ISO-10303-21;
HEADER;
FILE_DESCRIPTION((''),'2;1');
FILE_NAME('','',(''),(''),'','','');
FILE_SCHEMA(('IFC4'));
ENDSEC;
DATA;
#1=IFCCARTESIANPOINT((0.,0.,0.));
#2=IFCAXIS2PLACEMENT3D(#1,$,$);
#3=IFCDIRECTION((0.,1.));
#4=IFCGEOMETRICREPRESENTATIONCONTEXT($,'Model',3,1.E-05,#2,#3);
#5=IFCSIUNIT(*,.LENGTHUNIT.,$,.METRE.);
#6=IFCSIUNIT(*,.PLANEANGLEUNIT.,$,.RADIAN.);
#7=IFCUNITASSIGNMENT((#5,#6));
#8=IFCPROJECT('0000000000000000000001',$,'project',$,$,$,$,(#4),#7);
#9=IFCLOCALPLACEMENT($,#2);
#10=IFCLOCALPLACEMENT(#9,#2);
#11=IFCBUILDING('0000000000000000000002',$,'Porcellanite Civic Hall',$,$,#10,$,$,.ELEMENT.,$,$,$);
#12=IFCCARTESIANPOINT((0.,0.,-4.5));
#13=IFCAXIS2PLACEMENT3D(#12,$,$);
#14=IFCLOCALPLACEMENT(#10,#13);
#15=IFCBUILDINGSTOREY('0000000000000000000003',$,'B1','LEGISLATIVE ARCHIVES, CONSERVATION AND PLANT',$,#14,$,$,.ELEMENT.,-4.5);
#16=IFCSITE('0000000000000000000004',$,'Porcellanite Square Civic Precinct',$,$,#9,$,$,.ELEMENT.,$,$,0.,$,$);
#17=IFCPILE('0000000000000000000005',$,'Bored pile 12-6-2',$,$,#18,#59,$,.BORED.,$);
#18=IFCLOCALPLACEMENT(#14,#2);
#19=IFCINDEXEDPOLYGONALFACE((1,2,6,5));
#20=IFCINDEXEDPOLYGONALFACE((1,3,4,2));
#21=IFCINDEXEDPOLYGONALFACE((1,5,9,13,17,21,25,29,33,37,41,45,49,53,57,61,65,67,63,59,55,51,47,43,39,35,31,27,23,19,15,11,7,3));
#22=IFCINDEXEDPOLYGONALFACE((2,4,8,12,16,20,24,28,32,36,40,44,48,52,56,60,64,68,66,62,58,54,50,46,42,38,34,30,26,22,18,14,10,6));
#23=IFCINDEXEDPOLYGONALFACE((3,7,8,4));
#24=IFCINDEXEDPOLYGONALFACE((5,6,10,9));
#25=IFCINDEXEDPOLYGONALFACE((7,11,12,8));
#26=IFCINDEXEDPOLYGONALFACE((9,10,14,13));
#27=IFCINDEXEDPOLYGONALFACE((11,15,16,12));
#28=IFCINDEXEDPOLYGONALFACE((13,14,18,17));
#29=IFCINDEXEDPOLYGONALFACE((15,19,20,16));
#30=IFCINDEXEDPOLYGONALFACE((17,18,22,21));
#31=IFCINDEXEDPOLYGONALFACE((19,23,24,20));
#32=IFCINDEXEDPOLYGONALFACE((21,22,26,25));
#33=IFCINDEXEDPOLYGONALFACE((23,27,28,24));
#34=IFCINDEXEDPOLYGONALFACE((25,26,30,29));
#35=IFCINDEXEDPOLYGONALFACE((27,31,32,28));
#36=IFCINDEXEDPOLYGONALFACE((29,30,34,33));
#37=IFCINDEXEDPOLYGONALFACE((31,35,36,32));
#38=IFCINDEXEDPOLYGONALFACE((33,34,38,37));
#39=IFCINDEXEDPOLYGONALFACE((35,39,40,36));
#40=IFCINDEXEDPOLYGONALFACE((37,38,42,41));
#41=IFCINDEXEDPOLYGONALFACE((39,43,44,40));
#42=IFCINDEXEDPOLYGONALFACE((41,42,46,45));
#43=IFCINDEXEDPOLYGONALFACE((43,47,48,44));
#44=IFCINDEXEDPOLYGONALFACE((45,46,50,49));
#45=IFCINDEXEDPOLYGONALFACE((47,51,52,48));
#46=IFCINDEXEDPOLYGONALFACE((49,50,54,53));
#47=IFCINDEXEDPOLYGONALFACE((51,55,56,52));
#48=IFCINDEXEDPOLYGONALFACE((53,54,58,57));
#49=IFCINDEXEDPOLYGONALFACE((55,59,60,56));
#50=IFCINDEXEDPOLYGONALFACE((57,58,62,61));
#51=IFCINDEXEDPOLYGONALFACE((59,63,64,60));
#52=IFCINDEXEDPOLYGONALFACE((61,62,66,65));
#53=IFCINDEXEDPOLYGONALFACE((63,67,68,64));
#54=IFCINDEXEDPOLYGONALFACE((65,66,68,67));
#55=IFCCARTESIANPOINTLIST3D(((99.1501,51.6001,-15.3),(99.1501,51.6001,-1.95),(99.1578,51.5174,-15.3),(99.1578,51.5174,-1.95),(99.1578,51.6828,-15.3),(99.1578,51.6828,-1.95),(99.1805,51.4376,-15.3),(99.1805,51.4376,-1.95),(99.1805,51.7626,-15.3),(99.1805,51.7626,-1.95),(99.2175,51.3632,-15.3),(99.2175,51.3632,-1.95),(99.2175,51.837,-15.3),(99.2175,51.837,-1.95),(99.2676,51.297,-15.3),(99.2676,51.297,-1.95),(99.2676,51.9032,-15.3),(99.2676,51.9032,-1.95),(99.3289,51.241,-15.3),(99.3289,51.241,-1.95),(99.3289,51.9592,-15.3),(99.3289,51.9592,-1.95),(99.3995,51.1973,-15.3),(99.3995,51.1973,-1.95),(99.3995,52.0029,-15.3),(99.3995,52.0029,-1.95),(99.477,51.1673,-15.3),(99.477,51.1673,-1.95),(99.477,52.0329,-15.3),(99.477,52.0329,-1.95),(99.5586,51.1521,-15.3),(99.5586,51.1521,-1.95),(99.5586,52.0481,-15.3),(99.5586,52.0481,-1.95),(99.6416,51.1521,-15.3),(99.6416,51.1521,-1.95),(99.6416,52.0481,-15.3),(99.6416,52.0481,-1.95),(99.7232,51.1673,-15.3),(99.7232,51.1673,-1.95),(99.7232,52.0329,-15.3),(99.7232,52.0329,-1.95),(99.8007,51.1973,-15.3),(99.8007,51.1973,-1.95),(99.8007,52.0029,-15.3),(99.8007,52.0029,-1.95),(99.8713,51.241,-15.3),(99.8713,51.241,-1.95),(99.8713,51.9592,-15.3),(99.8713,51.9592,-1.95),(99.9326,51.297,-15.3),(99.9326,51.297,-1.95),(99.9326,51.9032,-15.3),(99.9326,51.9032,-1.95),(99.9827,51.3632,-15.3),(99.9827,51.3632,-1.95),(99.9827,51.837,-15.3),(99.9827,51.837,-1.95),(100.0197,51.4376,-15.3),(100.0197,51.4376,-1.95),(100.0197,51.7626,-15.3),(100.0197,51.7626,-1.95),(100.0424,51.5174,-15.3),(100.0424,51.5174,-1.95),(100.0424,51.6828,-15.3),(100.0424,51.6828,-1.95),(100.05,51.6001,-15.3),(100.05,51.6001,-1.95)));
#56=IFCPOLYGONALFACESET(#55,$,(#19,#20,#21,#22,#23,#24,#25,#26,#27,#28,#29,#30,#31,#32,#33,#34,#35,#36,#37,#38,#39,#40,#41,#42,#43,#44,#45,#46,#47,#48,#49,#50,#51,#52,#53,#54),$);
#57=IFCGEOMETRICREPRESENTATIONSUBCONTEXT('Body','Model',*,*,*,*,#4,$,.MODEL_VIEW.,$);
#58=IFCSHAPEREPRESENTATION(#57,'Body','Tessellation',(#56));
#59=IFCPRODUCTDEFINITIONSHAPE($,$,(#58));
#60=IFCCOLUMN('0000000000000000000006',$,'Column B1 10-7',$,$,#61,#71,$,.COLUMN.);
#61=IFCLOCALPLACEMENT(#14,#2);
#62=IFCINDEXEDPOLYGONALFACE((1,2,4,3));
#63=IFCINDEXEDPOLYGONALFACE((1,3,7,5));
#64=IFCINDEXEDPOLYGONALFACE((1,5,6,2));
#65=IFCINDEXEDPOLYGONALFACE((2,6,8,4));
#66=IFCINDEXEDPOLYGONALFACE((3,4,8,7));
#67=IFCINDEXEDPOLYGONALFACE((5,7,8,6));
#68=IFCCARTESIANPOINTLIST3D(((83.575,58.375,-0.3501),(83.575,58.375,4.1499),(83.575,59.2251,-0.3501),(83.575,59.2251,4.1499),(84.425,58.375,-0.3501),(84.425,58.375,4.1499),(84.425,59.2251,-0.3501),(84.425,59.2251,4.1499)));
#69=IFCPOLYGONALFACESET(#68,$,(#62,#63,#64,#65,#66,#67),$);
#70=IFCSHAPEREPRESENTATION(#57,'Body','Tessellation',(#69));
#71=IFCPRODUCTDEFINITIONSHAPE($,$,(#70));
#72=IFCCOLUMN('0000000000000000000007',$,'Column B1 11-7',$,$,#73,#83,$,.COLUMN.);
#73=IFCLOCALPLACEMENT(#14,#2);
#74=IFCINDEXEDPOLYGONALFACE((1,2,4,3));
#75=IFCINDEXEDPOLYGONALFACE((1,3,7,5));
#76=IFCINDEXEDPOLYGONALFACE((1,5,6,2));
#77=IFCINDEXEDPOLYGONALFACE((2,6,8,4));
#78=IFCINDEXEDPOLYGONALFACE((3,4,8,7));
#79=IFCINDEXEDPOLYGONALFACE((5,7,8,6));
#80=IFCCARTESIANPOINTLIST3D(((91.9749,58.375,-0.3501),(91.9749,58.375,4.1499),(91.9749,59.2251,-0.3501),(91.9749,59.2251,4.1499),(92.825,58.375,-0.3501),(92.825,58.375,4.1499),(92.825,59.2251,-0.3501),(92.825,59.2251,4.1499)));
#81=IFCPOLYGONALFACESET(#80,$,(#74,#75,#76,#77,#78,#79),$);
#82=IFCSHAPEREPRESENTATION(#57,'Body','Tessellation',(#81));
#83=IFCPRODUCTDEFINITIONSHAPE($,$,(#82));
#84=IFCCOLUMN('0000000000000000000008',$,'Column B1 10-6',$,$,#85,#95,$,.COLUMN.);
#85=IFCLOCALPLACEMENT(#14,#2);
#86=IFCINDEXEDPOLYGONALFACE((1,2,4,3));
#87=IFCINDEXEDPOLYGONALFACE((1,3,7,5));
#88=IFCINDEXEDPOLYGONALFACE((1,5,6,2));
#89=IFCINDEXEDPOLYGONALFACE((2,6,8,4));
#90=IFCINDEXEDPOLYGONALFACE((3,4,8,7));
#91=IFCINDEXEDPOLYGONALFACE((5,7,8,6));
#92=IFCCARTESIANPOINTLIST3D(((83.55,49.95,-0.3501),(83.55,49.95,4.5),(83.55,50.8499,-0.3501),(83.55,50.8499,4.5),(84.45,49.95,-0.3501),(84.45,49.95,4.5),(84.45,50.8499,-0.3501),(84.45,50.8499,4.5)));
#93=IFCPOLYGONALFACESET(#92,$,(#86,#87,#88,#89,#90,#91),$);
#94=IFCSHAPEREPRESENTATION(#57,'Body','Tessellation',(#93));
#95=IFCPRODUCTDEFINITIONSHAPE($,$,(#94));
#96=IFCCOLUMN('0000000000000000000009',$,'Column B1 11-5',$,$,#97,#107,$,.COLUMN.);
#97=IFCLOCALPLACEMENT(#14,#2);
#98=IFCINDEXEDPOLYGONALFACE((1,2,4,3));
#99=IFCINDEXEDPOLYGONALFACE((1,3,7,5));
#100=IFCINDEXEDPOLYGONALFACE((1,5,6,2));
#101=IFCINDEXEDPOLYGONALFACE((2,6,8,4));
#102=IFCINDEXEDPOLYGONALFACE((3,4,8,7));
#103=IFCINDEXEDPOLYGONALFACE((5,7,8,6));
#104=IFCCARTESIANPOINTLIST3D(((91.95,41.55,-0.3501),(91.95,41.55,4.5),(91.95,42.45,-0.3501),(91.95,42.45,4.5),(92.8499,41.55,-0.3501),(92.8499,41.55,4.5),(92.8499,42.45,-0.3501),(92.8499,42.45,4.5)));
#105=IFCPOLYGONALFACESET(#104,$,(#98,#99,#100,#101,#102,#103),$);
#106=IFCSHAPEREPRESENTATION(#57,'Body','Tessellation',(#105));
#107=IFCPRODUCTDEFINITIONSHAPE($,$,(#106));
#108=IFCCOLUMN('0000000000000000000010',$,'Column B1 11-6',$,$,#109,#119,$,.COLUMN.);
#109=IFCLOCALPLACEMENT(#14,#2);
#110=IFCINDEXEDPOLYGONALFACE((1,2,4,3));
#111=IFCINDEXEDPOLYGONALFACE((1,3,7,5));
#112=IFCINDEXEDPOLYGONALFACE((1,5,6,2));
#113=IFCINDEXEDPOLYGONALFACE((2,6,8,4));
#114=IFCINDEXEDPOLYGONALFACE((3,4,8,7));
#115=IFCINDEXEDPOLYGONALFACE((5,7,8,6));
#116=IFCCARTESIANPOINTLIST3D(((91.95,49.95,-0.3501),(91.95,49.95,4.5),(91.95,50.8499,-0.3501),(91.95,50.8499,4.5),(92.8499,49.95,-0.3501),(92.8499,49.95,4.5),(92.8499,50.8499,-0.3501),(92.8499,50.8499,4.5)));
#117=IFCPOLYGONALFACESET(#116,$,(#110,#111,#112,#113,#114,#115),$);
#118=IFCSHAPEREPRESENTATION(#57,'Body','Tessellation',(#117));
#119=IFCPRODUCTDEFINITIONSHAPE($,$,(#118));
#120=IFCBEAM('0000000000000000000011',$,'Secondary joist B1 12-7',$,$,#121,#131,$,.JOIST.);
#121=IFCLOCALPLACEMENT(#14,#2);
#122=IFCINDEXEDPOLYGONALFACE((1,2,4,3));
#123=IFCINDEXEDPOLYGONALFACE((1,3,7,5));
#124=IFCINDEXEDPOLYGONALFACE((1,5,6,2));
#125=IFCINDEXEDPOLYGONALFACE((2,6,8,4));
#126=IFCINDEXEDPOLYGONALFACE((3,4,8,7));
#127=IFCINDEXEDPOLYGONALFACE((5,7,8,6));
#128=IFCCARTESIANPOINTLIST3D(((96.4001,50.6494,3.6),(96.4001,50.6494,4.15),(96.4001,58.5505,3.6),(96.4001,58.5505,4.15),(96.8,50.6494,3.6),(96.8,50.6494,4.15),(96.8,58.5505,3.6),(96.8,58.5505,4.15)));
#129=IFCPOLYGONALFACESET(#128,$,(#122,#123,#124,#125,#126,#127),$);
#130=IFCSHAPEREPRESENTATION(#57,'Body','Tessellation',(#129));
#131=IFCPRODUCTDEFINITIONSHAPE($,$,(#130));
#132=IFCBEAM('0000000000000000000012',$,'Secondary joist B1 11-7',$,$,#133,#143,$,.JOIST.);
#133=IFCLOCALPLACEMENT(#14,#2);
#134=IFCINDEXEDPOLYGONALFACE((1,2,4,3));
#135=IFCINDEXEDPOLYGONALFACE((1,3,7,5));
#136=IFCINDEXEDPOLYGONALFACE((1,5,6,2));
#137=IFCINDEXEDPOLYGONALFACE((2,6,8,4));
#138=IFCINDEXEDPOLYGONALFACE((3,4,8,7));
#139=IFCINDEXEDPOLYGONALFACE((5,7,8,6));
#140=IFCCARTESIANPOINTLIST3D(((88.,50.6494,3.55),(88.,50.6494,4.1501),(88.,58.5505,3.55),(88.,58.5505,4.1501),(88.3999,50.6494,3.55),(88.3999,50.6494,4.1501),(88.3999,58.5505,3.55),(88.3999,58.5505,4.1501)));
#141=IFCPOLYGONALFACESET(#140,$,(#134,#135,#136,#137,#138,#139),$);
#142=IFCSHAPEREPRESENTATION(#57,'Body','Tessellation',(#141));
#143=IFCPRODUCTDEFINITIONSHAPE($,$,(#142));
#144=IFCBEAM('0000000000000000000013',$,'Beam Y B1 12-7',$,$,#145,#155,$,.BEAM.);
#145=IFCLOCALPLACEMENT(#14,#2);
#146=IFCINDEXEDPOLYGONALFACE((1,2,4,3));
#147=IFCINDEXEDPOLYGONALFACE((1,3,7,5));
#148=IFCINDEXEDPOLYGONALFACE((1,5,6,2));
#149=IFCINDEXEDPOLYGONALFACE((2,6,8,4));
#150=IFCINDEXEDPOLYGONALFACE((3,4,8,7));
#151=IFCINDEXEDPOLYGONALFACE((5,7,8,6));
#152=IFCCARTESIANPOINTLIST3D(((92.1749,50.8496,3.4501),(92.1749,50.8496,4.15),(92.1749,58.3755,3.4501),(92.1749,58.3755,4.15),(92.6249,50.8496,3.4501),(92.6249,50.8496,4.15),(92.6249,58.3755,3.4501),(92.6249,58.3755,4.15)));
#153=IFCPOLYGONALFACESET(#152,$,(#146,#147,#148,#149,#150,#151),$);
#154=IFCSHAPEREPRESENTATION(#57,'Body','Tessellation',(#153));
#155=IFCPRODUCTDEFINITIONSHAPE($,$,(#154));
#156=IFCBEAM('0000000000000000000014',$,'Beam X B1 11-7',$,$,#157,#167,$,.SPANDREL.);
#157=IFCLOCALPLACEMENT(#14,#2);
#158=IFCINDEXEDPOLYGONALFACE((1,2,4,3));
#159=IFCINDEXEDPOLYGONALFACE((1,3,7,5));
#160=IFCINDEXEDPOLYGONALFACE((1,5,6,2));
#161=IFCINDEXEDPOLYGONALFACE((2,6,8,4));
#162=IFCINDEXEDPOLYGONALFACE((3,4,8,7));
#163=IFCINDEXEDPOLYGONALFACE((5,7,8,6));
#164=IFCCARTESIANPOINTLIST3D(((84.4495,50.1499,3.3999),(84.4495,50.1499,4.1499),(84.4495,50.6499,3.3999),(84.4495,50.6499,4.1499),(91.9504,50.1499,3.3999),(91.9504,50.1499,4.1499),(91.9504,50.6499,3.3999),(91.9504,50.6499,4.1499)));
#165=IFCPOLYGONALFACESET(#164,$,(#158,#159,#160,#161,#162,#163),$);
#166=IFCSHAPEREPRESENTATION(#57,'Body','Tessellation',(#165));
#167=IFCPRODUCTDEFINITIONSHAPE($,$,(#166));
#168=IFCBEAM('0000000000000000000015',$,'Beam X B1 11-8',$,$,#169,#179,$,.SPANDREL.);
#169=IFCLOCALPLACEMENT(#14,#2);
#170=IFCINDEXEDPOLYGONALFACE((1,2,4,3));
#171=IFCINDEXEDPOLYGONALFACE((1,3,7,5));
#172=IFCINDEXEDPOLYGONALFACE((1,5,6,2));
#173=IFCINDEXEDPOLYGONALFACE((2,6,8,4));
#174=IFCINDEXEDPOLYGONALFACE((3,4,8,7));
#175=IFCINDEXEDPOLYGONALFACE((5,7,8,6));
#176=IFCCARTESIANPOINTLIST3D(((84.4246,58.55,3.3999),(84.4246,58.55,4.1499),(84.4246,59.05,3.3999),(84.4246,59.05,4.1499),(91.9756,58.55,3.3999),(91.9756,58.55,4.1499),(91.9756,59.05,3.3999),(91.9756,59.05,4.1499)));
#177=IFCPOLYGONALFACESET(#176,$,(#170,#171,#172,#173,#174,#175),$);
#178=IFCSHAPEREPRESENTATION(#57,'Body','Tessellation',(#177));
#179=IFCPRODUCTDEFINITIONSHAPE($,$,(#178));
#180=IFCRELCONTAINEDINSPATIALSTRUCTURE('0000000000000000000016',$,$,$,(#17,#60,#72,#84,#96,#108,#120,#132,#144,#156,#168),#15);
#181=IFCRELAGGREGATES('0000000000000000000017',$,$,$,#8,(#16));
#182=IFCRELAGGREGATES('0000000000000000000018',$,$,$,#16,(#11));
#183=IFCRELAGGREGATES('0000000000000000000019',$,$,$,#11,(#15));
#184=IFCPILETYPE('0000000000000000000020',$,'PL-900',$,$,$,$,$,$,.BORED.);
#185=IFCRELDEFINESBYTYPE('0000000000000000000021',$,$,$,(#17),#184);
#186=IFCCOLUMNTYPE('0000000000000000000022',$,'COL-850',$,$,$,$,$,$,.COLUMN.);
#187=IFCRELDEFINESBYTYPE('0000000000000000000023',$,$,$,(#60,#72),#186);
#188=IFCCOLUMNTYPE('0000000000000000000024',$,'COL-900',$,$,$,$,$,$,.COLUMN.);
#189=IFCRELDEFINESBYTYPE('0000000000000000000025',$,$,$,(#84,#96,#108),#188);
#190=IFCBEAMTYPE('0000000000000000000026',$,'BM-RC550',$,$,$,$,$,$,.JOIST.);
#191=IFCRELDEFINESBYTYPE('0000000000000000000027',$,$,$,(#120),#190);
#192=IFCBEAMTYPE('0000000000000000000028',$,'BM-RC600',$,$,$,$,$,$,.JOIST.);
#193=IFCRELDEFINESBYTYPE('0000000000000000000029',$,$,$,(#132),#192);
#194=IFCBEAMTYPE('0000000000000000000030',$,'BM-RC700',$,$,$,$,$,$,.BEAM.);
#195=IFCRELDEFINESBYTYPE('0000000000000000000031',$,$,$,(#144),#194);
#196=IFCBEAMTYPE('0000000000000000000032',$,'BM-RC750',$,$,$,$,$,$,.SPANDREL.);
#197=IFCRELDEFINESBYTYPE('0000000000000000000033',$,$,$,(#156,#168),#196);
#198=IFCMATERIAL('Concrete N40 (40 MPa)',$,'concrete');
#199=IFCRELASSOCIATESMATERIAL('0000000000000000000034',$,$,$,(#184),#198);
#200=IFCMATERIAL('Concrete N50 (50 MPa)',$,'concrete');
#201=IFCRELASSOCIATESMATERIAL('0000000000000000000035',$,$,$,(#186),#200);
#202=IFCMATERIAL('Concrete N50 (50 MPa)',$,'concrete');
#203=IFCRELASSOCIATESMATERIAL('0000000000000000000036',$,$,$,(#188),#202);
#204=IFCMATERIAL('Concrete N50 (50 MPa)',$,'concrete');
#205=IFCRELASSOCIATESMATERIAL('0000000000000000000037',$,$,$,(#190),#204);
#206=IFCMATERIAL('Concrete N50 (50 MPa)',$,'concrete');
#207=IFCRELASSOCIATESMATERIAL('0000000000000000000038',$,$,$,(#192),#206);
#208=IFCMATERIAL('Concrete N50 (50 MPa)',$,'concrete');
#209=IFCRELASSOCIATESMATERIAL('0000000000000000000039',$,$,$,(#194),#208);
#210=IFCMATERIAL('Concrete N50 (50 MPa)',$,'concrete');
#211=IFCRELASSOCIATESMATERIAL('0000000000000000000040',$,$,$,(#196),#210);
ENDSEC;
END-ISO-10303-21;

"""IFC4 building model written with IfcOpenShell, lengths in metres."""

from ifc_helpers import new_model, si_unit, direction, frame, origin, origin_2d, place, context, subcontext, project, spatial, rectangle, circle, extrude, material, material_profile, profile_set, type_object, element, save


model = new_model("IFC4")

# Units and contexts
model_context = context("Model", 3, precision=1e-05, world=origin(), true_north=direction((0.0, 1.0)))
body_context = subcontext(model_context, "Body", "Model", "MODEL_VIEW")
ifc_project = project(units=[si_unit("LENGTHUNIT", "METRE"), si_unit("PLANEANGLEUNIT", "RADIAN")], contexts=[model_context])

# Site, building, storey
site_placement = place(None, origin())
site = spatial("IfcSite", under=ifc_project, at=site_placement, Name="Porcellanite Square Civic Precinct", CompositionType="ELEMENT", RefElevation=0.0)
building_placement = place(site_placement, origin())
building = spatial("IfcBuilding", under=site, at=building_placement, Name="Porcellanite Civic Hall", CompositionType="ELEMENT")
storey_placement = place(building_placement, frame((0.0, 0.0, -4.5)))
storey = spatial("IfcBuildingStorey", under=building, at=storey_placement, Name="B1", Description="LEGISLATIVE ARCHIVES, CONSERVATION AND PLANT", CompositionType="ELEMENT", Elevation=-4.5)

# Pile
ifc_material_1 = material(Name="Concrete N40 (40 MPa)", Category="concrete")
ifc_material_profile_1 = material_profile(ifc_material_1, circle(Radius=0.45, at=origin_2d()), Name="PILE-D900")
ifc_profile_set_1 = profile_set([ifc_material_profile_1], Name="Concrete N40 (40 MPa)")
pile_type_1 = type_object("IfcPileType", Name="PL-900", PredefinedType="BORED", material=ifc_profile_set_1)
for number, where, z_axis, x_axis, name in (
    (1, (99.6001, 51.6001, -1.95), (0.0, 0.0, -1.0), (1.0, 0.0, 0.0), "Bored pile 12-6-2"),
):
    element("IfcPile", number, at=place(storey_placement, frame(where, z_axis=z_axis, x_axis=x_axis)), inside=storey, type_object=pile_type_1, Name=name, PredefinedType="BORED", context=body_context, shape_type="SweptSolid", body=[
        extrude(circle(Radius=0.45, at=origin_2d()), origin(), (0.0, 0.0, 1.0), 13.3501),
    ])

# Columns
ifc_material_2 = material(Name="Concrete N50 (50 MPa)", Category="concrete")
ifc_material_profile_2 = material_profile(ifc_material_2, rectangle(XDim=0.8501, YDim=0.8501, at=origin_2d()), Name="RC-850x850")
ifc_profile_set_2 = profile_set([ifc_material_profile_2], Name="Concrete N50 (50 MPa)")
column_type_1 = type_object("IfcColumnType", Name="COL-850", PredefinedType="COLUMN", material=ifc_profile_set_2)
for number, where, z_axis, x_axis, name in (
    (2, (84.0, 58.8, -0.3501), (0.0, 0.0, 1.0), (1.0, 0.0, 0.0), "Column B1 10-7"),
    (3, (92.3999, 58.8, -0.3501), (0.0, 0.0, 1.0), (1.0, 0.0, 0.0), "Column B1 11-7"),
):
    element("IfcColumn", number, at=place(storey_placement, frame(where, z_axis=z_axis, x_axis=x_axis)), inside=storey, type_object=column_type_1, Name=name, PredefinedType="COLUMN", context=body_context, shape_type="SweptSolid", body=[
        extrude(rectangle(XDim=0.8501, YDim=0.8501, at=origin_2d()), origin(), (0.0, 0.0, 1.0), 4.5),
    ])
ifc_material_3 = material(Name="Concrete N50 (50 MPa)", Category="concrete")
ifc_material_profile_3 = material_profile(ifc_material_3, rectangle(XDim=0.8999, YDim=0.8999, at=origin_2d()), Name="RC-900x900")
ifc_profile_set_3 = profile_set([ifc_material_profile_3], Name="Concrete N50 (50 MPa)")
column_type_2 = type_object("IfcColumnType", Name="COL-900", PredefinedType="COLUMN", material=ifc_profile_set_3)
for number, where, z_axis, x_axis, name in (
    (4, (84.0, 50.3999, -0.3501), (0.0, 0.0, 1.0), (1.0, 0.0, 0.0), "Column B1 10-6"),
    (5, (92.3999, 42.0, -0.3501), (0.0, 0.0, 1.0), (1.0, 0.0, 0.0), "Column B1 11-5"),
    (6, (92.3999, 50.3999, -0.3501), (0.0, 0.0, 1.0), (1.0, 0.0, 0.0), "Column B1 11-6"),
):
    element("IfcColumn", number, at=place(storey_placement, frame(where, z_axis=z_axis, x_axis=x_axis)), inside=storey, type_object=column_type_2, Name=name, PredefinedType="COLUMN", context=body_context, shape_type="SweptSolid", body=[
        extrude(rectangle(XDim=0.8999, YDim=0.8999, at=origin_2d()), origin(), (0.0, 0.0, 1.0), 4.8501),
    ])

# Beams
ifc_material_4 = material(Name="Concrete N50 (50 MPa)", Category="concrete")
ifc_material_profile_4 = material_profile(ifc_material_4, rectangle(XDim=0.3999, YDim=0.55, at=origin_2d()), Name="RC-400x550")
ifc_profile_set_4 = profile_set([ifc_material_profile_4], Name="Concrete N50 (50 MPa)")
beam_type_1 = type_object("IfcBeamType", Name="BM-RC550", PredefinedType="JOIST", material=ifc_profile_set_4)
beam_1_placement = place(storey_placement, frame((96.6001, 50.6494, 3.875), z_axis=(0.0, 1.0, 0.0), x_axis=(-1.0, 0.0, 0.0)))
element("IfcBeam", 7, at=beam_1_placement, inside=storey, type_object=beam_type_1, Name="Secondary joist B1 12-7", PredefinedType="JOIST", context=body_context, shape_type="SweptSolid", body=[
    extrude(rectangle(XDim=0.3999, YDim=0.55, at=origin_2d()), origin(), (0.0, 0.0, 1.0), 7.9011),
])
ifc_material_5 = material(Name="Concrete N50 (50 MPa)", Category="concrete")
ifc_material_profile_5 = material_profile(ifc_material_5, rectangle(XDim=0.3999, YDim=0.6001, at=origin_2d()), Name="RC-400x600")
ifc_profile_set_5 = profile_set([ifc_material_profile_5], Name="Concrete N50 (50 MPa)")
beam_type_2 = type_object("IfcBeamType", Name="BM-RC600", PredefinedType="JOIST", material=ifc_profile_set_5)
beam_2_placement = place(storey_placement, frame((88.2, 50.6494, 3.8501), z_axis=(0.0, 1.0, 0.0), x_axis=(-1.0, 0.0, 0.0)))
element("IfcBeam", 8, at=beam_2_placement, inside=storey, type_object=beam_type_2, Name="Secondary joist B1 11-7", PredefinedType="JOIST", context=body_context, shape_type="SweptSolid", body=[
    extrude(rectangle(XDim=0.3999, YDim=0.6001, at=origin_2d()), origin(), (0.0, 0.0, 1.0), 7.9011),
])
ifc_material_6 = material(Name="Concrete N50 (50 MPa)", Category="concrete")
ifc_material_profile_6 = material_profile(ifc_material_6, rectangle(XDim=0.45, YDim=0.7, at=origin_2d()), Name="RC-450x700")
ifc_profile_set_6 = profile_set([ifc_material_profile_6], Name="Concrete N50 (50 MPa)")
beam_type_3 = type_object("IfcBeamType", Name="BM-RC700", PredefinedType="BEAM", material=ifc_profile_set_6)
beam_3_placement = place(storey_placement, frame((92.3999, 50.8496, 3.8), z_axis=(0.0, 1.0, 0.0), x_axis=(-1.0, 0.0, 0.0)))
element("IfcBeam", 9, at=beam_3_placement, inside=storey, type_object=beam_type_3, Name="Beam Y B1 12-7", PredefinedType="BEAM", context=body_context, shape_type="SweptSolid", body=[
    extrude(rectangle(XDim=0.45, YDim=0.7, at=origin_2d()), origin(), (0.0, 0.0, 1.0), 7.5259),
])
ifc_material_7 = material(Name="Concrete N50 (50 MPa)", Category="concrete")
ifc_material_profile_7 = material_profile(ifc_material_7, rectangle(XDim=0.5, YDim=0.75, at=origin_2d()), Name="RC-500x750")
ifc_profile_set_7 = profile_set([ifc_material_profile_7], Name="Concrete N50 (50 MPa)")
beam_type_4 = type_object("IfcBeamType", Name="BM-RC750", PredefinedType="SPANDREL", material=ifc_profile_set_7)
beam_4_placement = place(storey_placement, frame((84.4495, 50.3999, 3.7749), z_axis=(1.0, 0.0, 0.0), x_axis=(0.0, 1.0, 0.0)))
element("IfcBeam", 10, at=beam_4_placement, inside=storey, type_object=beam_type_4, Name="Beam X B1 11-7", PredefinedType="SPANDREL", context=body_context, shape_type="SweptSolid", body=[
    extrude(rectangle(XDim=0.5, YDim=0.75, at=origin_2d()), origin(), (0.0, 0.0, 1.0), 7.501),
])
beam_5_placement = place(storey_placement, frame((84.4246, 58.8, 3.7749), z_axis=(1.0, 0.0, 0.0), x_axis=(0.0, 1.0, 0.0)))
element("IfcBeam", 11, at=beam_5_placement, inside=storey, type_object=beam_type_4, Name="Beam X B1 11-8", PredefinedType="SPANDREL", context=body_context, shape_type="SweptSolid", body=[
    extrude(rectangle(XDim=0.5, YDim=0.75, at=origin_2d()), origin(), (0.0, 0.0, 1.0), 7.551),
])

save(model, "model.ifc")
